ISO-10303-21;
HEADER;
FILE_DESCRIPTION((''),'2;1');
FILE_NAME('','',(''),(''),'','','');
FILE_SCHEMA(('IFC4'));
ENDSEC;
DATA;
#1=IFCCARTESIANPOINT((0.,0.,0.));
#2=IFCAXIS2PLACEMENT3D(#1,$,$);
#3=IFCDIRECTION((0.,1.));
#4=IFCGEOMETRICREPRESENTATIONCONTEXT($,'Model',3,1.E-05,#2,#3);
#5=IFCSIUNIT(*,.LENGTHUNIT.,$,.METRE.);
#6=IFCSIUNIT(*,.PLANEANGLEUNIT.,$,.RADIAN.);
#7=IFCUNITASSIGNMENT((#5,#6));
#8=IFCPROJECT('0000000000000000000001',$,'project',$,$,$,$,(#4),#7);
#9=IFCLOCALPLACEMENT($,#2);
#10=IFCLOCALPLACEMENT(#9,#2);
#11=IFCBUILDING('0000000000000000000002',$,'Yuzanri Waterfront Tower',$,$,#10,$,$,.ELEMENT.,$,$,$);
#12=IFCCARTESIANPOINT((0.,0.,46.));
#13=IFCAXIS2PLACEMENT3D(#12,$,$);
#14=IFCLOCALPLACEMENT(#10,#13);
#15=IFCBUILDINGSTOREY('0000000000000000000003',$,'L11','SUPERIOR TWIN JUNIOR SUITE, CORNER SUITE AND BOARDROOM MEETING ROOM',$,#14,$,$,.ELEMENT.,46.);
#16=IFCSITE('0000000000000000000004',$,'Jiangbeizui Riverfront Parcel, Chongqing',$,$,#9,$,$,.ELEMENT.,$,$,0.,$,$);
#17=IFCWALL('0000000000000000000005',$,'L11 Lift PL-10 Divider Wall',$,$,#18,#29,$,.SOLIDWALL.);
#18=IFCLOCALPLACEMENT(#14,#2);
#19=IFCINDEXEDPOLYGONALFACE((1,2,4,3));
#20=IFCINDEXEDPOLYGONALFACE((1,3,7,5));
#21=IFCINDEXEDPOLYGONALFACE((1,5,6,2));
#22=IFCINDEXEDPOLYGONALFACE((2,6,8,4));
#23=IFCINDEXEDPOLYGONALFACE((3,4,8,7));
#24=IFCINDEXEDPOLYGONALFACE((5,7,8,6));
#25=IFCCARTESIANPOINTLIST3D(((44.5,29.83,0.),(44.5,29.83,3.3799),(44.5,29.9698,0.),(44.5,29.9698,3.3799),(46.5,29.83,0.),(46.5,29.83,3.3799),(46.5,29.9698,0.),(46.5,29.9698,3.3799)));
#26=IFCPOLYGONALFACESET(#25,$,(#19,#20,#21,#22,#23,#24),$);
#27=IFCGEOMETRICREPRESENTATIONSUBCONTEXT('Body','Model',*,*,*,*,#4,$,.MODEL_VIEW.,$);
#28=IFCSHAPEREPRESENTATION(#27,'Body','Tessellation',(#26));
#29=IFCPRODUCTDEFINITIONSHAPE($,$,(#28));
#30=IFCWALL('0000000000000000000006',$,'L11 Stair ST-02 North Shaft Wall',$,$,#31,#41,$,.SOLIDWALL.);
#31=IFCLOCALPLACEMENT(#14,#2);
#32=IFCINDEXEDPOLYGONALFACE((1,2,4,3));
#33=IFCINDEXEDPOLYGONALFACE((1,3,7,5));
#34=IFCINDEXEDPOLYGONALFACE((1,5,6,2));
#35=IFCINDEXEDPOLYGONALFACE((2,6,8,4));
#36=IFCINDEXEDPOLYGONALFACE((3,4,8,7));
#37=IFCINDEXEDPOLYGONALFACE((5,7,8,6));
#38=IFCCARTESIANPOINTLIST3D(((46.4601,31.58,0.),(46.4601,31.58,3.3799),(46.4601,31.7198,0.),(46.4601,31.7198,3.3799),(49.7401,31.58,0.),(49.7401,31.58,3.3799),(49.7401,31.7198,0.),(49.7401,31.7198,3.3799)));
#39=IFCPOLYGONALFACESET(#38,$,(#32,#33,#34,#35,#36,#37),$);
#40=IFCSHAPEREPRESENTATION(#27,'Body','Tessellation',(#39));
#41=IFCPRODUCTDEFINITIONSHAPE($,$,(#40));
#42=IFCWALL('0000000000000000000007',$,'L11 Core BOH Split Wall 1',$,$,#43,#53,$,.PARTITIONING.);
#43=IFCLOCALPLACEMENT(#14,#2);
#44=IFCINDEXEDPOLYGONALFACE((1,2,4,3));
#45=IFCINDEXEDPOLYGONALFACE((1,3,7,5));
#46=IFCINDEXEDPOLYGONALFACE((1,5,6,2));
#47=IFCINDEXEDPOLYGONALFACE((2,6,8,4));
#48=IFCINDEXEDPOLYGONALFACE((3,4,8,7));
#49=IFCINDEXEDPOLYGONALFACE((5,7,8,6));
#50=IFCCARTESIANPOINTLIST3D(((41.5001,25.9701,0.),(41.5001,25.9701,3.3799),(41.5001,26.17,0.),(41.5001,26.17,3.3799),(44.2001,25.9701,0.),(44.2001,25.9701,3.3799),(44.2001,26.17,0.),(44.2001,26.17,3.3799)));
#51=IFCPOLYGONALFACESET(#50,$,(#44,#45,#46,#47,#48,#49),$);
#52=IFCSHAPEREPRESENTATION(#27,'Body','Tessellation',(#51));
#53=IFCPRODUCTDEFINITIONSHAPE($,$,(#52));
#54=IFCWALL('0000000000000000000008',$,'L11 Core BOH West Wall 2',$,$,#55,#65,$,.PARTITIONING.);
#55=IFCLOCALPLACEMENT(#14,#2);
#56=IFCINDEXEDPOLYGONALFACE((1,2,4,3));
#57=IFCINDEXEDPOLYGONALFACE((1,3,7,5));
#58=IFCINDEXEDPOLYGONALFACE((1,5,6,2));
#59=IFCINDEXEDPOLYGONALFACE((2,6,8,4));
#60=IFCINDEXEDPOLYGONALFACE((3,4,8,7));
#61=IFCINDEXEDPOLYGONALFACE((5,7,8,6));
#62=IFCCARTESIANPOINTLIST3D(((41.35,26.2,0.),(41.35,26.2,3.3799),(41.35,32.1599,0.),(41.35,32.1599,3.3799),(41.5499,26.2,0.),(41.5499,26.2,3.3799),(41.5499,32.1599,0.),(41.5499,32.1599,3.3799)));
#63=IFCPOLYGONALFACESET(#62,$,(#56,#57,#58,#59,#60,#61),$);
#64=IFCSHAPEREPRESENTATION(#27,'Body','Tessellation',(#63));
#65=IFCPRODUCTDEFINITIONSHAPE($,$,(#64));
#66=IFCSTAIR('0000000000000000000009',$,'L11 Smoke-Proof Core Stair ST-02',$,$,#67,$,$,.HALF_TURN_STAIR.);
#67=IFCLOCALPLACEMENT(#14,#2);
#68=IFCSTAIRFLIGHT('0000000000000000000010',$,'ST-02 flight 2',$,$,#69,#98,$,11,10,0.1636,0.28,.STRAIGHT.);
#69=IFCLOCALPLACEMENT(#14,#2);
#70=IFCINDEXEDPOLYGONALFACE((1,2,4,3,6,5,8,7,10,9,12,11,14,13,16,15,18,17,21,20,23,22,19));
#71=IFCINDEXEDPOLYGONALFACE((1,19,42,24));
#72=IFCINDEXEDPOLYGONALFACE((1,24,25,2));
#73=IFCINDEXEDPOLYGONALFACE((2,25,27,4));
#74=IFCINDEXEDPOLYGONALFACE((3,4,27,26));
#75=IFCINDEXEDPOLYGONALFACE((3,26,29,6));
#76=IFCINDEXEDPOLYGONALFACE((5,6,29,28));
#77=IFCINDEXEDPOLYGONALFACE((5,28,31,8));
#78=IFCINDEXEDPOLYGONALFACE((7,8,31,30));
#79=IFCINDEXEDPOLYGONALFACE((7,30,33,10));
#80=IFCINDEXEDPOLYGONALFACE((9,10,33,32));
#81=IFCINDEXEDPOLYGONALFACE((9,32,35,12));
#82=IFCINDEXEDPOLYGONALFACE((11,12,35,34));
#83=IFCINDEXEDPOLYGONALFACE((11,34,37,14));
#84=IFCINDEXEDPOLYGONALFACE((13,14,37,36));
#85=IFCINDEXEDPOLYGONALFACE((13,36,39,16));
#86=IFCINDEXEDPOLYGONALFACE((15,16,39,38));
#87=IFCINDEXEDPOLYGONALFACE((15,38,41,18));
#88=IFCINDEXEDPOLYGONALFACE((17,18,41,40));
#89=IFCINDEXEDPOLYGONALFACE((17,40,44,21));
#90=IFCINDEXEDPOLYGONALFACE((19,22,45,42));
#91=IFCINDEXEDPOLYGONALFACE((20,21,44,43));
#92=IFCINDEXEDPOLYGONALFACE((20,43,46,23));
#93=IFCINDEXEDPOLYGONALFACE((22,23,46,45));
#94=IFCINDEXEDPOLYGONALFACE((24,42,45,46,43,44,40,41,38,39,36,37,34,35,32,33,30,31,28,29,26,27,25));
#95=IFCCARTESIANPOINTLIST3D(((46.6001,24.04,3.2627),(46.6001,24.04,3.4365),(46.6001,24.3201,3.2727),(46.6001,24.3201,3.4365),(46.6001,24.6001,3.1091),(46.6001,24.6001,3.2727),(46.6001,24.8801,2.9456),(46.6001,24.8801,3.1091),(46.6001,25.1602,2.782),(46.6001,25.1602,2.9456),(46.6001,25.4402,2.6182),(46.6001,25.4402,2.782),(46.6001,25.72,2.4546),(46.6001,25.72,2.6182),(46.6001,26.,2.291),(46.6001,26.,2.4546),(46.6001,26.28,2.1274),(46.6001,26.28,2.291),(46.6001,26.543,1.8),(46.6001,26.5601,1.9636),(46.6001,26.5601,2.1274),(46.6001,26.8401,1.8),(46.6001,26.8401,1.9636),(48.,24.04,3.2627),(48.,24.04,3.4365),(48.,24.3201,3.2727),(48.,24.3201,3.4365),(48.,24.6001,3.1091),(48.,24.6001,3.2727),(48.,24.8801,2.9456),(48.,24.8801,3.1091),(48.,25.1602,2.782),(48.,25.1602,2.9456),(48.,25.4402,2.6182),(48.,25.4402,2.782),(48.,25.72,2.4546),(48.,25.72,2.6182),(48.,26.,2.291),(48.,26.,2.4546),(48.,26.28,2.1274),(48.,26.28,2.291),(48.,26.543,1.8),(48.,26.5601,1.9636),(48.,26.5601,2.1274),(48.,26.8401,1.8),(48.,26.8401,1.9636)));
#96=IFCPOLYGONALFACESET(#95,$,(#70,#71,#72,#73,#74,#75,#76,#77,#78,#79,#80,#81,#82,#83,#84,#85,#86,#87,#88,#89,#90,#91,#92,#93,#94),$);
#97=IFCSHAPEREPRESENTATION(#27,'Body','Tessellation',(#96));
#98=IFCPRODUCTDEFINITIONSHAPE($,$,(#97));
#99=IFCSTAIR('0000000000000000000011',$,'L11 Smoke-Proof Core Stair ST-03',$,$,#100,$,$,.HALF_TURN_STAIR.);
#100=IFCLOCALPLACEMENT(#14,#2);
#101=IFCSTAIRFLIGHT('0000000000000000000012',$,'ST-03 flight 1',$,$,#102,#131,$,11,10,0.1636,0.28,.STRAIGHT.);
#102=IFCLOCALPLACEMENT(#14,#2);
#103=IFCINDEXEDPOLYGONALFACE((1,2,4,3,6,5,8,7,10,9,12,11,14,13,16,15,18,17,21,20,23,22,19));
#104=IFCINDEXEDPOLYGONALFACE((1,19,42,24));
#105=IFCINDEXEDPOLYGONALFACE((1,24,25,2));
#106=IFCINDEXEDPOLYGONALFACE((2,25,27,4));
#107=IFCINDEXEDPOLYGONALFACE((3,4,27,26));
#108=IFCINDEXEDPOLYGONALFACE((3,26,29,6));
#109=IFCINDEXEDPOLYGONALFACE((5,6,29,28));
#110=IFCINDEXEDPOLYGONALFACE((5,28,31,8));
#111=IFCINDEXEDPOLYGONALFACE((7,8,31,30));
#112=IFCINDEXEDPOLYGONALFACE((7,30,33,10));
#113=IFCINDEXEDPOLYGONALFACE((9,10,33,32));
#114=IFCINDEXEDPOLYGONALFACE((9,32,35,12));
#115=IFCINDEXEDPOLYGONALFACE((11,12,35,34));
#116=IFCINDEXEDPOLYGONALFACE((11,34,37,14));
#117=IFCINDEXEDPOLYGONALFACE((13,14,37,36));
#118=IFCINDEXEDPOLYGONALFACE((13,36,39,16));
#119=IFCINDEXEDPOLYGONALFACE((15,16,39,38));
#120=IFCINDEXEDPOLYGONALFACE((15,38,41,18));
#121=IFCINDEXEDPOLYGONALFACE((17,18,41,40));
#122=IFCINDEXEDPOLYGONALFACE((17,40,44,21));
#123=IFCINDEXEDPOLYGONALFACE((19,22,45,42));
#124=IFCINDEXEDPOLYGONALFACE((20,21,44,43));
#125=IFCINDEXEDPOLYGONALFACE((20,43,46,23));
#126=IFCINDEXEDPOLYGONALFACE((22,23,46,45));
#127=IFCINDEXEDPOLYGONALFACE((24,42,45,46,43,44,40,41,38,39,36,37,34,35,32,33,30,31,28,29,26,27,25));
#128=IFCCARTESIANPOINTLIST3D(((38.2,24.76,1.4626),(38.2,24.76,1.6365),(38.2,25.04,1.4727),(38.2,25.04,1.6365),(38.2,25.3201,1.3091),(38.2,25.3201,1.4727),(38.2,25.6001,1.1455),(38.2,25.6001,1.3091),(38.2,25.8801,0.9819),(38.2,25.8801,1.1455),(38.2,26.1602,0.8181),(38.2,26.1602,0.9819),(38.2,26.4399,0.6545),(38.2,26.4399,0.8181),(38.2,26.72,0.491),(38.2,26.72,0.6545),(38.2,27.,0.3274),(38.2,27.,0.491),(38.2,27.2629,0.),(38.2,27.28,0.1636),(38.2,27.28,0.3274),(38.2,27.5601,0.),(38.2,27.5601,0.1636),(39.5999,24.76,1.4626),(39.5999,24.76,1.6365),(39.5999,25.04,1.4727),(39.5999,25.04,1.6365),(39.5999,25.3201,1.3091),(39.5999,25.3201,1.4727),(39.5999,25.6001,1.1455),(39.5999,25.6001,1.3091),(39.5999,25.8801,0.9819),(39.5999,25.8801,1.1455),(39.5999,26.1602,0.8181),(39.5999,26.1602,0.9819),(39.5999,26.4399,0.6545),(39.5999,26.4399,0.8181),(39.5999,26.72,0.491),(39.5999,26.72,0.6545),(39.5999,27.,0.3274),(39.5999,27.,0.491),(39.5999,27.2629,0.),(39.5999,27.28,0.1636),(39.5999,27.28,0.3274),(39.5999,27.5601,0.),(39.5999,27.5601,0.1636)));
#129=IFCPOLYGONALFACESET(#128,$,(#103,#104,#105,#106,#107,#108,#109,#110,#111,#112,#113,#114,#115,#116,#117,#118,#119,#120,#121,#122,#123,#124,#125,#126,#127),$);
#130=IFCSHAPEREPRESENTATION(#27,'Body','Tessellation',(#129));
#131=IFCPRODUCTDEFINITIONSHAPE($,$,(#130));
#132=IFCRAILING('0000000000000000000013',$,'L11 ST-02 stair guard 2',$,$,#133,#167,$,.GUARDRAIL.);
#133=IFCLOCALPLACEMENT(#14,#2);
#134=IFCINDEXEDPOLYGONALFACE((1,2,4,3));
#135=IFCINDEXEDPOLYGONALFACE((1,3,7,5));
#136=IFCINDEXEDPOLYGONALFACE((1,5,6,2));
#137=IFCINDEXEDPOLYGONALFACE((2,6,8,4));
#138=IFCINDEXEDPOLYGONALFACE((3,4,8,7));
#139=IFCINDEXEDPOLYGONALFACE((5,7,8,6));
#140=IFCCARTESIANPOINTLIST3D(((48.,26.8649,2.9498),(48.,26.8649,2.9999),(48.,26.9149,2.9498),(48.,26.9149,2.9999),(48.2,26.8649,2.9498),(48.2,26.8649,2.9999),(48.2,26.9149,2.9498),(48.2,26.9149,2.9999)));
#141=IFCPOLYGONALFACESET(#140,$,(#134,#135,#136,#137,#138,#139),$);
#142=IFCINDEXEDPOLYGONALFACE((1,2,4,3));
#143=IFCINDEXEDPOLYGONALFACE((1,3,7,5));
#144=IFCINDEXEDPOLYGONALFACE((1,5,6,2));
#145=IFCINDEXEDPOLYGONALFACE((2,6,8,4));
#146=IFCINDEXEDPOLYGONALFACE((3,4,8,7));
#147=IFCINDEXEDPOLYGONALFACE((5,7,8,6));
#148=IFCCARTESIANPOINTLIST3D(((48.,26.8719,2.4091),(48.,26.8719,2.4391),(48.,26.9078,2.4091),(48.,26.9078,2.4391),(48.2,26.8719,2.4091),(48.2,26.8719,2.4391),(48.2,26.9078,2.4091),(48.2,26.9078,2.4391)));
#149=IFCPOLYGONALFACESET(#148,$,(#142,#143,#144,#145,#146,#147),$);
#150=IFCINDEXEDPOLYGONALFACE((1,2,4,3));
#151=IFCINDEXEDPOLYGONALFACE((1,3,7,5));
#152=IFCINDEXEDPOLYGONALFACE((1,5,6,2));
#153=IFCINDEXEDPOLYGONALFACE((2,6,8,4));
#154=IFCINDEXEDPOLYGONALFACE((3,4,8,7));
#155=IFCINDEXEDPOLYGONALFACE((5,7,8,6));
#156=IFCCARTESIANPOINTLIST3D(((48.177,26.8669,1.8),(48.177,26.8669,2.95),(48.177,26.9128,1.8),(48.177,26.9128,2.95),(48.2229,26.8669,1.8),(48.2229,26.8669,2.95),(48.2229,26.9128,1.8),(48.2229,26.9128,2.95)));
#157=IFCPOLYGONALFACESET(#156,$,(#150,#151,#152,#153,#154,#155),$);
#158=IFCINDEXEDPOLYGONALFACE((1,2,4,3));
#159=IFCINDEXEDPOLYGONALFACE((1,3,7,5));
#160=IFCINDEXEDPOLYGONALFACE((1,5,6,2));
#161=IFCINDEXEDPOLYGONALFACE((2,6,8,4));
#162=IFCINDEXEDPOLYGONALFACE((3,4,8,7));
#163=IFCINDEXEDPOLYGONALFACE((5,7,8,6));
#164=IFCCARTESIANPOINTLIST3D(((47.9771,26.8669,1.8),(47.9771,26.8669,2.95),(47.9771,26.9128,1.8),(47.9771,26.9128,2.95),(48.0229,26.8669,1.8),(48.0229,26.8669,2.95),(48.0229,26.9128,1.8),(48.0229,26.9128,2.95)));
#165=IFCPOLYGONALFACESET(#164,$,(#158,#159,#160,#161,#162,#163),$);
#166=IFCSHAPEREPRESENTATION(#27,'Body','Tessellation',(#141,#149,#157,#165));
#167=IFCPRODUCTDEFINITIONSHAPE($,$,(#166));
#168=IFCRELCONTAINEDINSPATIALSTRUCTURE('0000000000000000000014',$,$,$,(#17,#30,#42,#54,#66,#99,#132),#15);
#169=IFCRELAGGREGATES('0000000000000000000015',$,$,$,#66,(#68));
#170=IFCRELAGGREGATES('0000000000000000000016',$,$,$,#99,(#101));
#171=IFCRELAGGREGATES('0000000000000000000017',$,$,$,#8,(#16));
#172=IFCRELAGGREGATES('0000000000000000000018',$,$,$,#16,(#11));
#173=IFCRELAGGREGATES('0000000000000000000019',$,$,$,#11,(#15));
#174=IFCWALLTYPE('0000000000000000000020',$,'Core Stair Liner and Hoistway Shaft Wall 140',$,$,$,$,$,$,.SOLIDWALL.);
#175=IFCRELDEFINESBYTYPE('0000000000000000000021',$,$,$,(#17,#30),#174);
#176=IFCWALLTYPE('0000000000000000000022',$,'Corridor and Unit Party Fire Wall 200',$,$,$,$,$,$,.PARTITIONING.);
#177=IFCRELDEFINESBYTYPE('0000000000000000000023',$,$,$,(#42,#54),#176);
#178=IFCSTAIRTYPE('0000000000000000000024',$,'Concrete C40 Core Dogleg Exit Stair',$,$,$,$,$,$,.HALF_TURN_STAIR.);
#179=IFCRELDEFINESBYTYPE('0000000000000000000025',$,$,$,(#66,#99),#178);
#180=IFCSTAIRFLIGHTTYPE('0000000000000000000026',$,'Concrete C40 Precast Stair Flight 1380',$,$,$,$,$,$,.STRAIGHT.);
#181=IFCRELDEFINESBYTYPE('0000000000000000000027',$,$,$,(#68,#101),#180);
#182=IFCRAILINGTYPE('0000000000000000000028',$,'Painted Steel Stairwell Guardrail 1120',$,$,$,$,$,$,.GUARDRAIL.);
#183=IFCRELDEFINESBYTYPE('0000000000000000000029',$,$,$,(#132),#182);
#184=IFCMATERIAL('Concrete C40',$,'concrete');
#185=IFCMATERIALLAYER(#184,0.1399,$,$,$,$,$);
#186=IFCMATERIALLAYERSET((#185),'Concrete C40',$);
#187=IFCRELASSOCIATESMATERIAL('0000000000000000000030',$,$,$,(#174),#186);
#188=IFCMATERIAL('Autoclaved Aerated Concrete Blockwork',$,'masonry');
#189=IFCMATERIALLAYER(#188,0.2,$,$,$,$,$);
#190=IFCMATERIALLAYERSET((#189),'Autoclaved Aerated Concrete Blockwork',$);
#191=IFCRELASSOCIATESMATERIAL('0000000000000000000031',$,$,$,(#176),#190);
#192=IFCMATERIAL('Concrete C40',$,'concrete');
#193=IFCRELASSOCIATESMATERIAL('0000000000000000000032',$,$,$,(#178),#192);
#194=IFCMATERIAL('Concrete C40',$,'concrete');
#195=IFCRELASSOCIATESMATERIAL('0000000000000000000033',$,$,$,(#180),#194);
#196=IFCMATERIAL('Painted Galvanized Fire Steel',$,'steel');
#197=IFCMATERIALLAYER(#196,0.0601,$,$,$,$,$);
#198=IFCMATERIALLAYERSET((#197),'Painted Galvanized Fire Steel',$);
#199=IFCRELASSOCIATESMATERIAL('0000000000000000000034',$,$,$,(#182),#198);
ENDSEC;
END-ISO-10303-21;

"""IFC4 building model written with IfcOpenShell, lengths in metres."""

from ifc_helpers import new_model, si_unit, direction, frame, frame_2d, origin, origin_2d, place, context, subcontext, project, spatial, polyline, rectangle, outline, extrude, source, transform, mapped, material, layer, layer_set, type_object, element, aggregate, save


model = new_model("IFC4")

# Units and contexts
model_context = context("Model", 3, precision=1e-05, world=origin(), true_north=direction((0.0, 1.0)))
body_context = subcontext(model_context, "Body", "Model", "MODEL_VIEW")
ifc_project = project(units=[si_unit("LENGTHUNIT", "METRE"), si_unit("PLANEANGLEUNIT", "RADIAN")], contexts=[model_context])

# Site, building, storey
site_placement = place(None, origin())
site = spatial("IfcSite", under=ifc_project, at=site_placement, Name="Jiangbeizui Riverfront Parcel, Chongqing", CompositionType="ELEMENT", RefElevation=0.0)
building_placement = place(site_placement, origin())
building = spatial("IfcBuilding", under=site, at=building_placement, Name="Yuzanri Waterfront Tower", CompositionType="ELEMENT")
storey_placement = place(building_placement, frame((0.0, 0.0, 46.0)))
storey = spatial("IfcBuildingStorey", under=building, at=storey_placement, Name="L11", Description="SUPERIOR TWIN JUNIOR SUITE, CORNER SUITE AND BOARDROOM MEETING ROOM", CompositionType="ELEMENT", Elevation=46.0)

# Shared definitions
ifc_material_1 = material(Name="Concrete C40", Category="concrete")
ifc_layer_1 = layer(ifc_material_1, 0.1399)
ifc_layer_set_1 = layer_set([ifc_layer_1], Name="Concrete C40")
wall_type_1 = type_object("IfcWallType", Name="Core Stair Liner and Hoistway Shaft Wall 140", PredefinedType="SOLIDWALL", material=ifc_layer_set_1)

# Walls
shared_shape_1 = source(origin(), body_context, "Body", "SweptSolid", [
    extrude(rectangle(XDim=2.0, YDim=0.1399, at=frame_2d((1.0, 0.0))), origin(), (0.0, 0.0, 1.0), 3.3799),
])
for number, where, z_axis, x_axis, name in (
    (1, (44.5, 29.8999, 0.0), (0.0, 0.0, 1.0), (1.0, 0.0, 0.0), "L11 Lift PL-10 Divider Wall"),
):
    element("IfcWall", number, at=place(storey_placement, frame(where, z_axis=z_axis, x_axis=x_axis)), inside=storey, type_object=wall_type_1, Name=name, PredefinedType="SOLIDWALL", context=body_context, shape_type="MappedRepresentation", body=[
        mapped(shared_shape_1, transform((0.0, 0.0, 0.0), scale=1.0)),
    ])
shared_shape_2 = source(origin(), body_context, "Body", "SweptSolid", [
    extrude(rectangle(XDim=3.28, YDim=0.1399, at=frame_2d((1.6401, 0.0))), origin(), (0.0, 0.0, 1.0), 3.3799),
])
wall_1_placement = place(storey_placement, frame((46.46, 31.6499, 0.0), z_axis=(0.0, 0.0, 1.0), x_axis=(1.0, 0.0, 0.0)))
element("IfcWall", 2, at=wall_1_placement, inside=storey, type_object=wall_type_1, Name="L11 Stair ST-02 North Shaft Wall", PredefinedType="SOLIDWALL", context=body_context, shape_type="MappedRepresentation", body=[
    mapped(shared_shape_2, transform((0.0, 0.0, 0.0), scale=1.0)),
])
ifc_material_2 = material(Name="Autoclaved Aerated Concrete Blockwork", Category="masonry")
ifc_layer_2 = layer(ifc_material_2, 0.2)
ifc_layer_set_2 = layer_set([ifc_layer_2], Name="Autoclaved Aerated Concrete Blockwork")
wall_type_2 = type_object("IfcWallType", Name="Corridor and Unit Party Fire Wall 200", PredefinedType="PARTITIONING", material=ifc_layer_set_2)
shared_shape_3 = source(origin(), body_context, "Body", "SweptSolid", [
    extrude(rectangle(XDim=2.7, YDim=0.2, at=frame_2d((1.3501, 0.0))), origin(), (0.0, 0.0, 1.0), 3.3799),
])
wall_2_placement = place(storey_placement, frame((41.5, 26.0701, 0.0), z_axis=(0.0, 0.0, 1.0), x_axis=(1.0, 0.0, 0.0)))
element("IfcWall", 3, at=wall_2_placement, inside=storey, type_object=wall_type_2, Name="L11 Core BOH Split Wall 1", PredefinedType="PARTITIONING", context=body_context, shape_type="MappedRepresentation", body=[
    mapped(shared_shape_3, transform((0.0, 0.0, 0.0), scale=1.0)),
])
shared_shape_4 = source(origin(), body_context, "Body", "SweptSolid", [
    extrude(rectangle(XDim=5.96, YDim=0.2, at=frame_2d((2.98, 0.0))), origin(), (0.0, 0.0, 1.0), 3.3799),
])
wall_3_placement = place(storey_placement, frame((41.45, 26.2, 0.0), z_axis=(0.0, 0.0, 1.0), x_axis=(0.0, 1.0, 0.0)))
element("IfcWall", 4, at=wall_3_placement, inside=storey, type_object=wall_type_2, Name="L11 Core BOH West Wall 2", PredefinedType="PARTITIONING", context=body_context, shape_type="MappedRepresentation", body=[
    mapped(shared_shape_4, transform((0.0, 0.0, 0.0), scale=1.0)),
])

# Stairs, stair flights
ifc_material_3 = material(Name="Concrete C40", Category="concrete")
stair_type = type_object("IfcStairType", Name="Concrete C40 Core Dogleg Exit Stair", PredefinedType="HALF_TURN_STAIR", material=ifc_material_3)
stair_1_placement = place(storey_placement, origin())
stair_1 = element("IfcStair", 5, at=stair_1_placement, inside=storey, type_object=stair_type, Name="L11 Smoke-Proof Core Stair ST-02", PredefinedType="HALF_TURN_STAIR")
ifc_material_4 = material(Name="Concrete C40", Category="concrete")
stair_flight_type = type_object("IfcStairFlightType", Name="Concrete C40 Precast Stair Flight 1380", PredefinedType="STRAIGHT", material=ifc_material_4)
shared_shape_5 = source(origin(), body_context, "Body", "SweptSolid", [
    extrude(outline(polyline([(0.0, 0.0), (0.0, 0.1636), (0.28, 0.1636), (0.28, 0.3274), (0.5601, 0.3274), (0.5601, 0.491), (0.8401, 0.491), (0.8401, 0.6545), (1.1201, 0.6545), (1.1201, 0.8181), (1.3999, 0.8181), (1.3999, 0.9819), (1.6799, 0.9819), (1.6799, 1.1455), (1.96, 1.1455), (1.96, 1.3091), (2.24, 1.3091), (2.24, 1.4727), (2.52, 1.4727), (2.52, 1.6365), (2.8, 1.6365), (2.8, 1.8), (2.8, 1.4626), (0.2971, 0.0), (0.0, 0.0)])), frame((0.0, 0.7, 0.0), z_axis=(0.0, -1.0, 0.0), x_axis=(1.0, 0.0, 0.0)), (0.0, 0.0, 1.0), 1.3999),
])
stair_flight_1_placement = place(storey_placement, frame((47.3, 26.8401, 1.8), z_axis=(0.0, 0.0, 1.0), x_axis=(0.0, -1.0, 0.0)))
stair_flight_1 = element("IfcStairFlight", 6, at=stair_flight_1_placement, type_object=stair_flight_type, Name="ST-02 flight 2", NumberOfRisers=11, NumberOfTreads=10, PredefinedType="STRAIGHT", RiserHeight=0.1636, TreadLength=0.28, context=body_context, shape_type="MappedRepresentation", body=[
    mapped(shared_shape_5, transform((0.0, 0.0, 0.0), scale=1.0)),
])
aggregate(stair_1, [stair_flight_1])
stair_2_placement = place(storey_placement, origin())
stair_2 = element("IfcStair", 7, at=stair_2_placement, inside=storey, type_object=stair_type, Name="L11 Smoke-Proof Core Stair ST-03", PredefinedType="HALF_TURN_STAIR")
stair_flight_2_placement = place(storey_placement, frame((38.8999, 27.5601, 0.0), z_axis=(0.0, 0.0, 1.0), x_axis=(0.0, -1.0, 0.0)))
stair_flight_2 = element("IfcStairFlight", 8, at=stair_flight_2_placement, type_object=stair_flight_type, Name="ST-03 flight 1", NumberOfRisers=11, NumberOfTreads=10, PredefinedType="STRAIGHT", RiserHeight=0.1636, TreadLength=0.28, context=body_context, shape_type="MappedRepresentation", body=[
    mapped(shared_shape_5, transform((0.0, 0.0, 0.0), scale=1.0)),
])
aggregate(stair_2, [stair_flight_2])

# Railing
ifc_material_5 = material(Name="Painted Galvanized Fire Steel", Category="steel")
ifc_layer_3 = layer(ifc_material_5, 0.0601)
ifc_layer_set_3 = layer_set([ifc_layer_3], Name="Painted Galvanized Fire Steel")
railing_type_1 = type_object("IfcRailingType", Name="Painted Steel Stairwell Guardrail 1120", PredefinedType="GUARDRAIL", material=ifc_layer_set_3)
shared_shape_6 = source(origin(), body_context, "Body", "SweptSolid", [
    extrude(rectangle(XDim=0.05, YDim=0.05, at=origin_2d()), frame((0.0, 0.0, 1.1748), z_axis=(-1.0, 0.0, 0.0), x_axis=(0.0, -1.0, 0.0)), (0.0, 0.0, 1.0), 0.2),
    extrude(rectangle(XDim=0.0359, YDim=0.03, at=origin_2d()), frame((0.0, 0.0, 0.624), z_axis=(-1.0, 0.0, 0.0), x_axis=(0.0, -1.0, 0.0)), (0.0, 0.0, 1.0), 0.2),
    extrude(rectangle(XDim=0.0459, YDim=0.0459, at=origin_2d()), origin(), (0.0, 0.0, 1.0), 1.1499),
    extrude(rectangle(XDim=0.0459, YDim=0.0459, at=origin_2d()), frame((-0.2, 0.0, 0.0)), (0.0, 0.0, 1.0), 1.1499),
])
railing_1_placement = place(storey_placement, frame((48.2, 26.8899, 1.8)))
element("IfcRailing", 9, at=railing_1_placement, inside=storey, type_object=railing_type_1, Name="L11 ST-02 stair guard 2", PredefinedType="GUARDRAIL", context=body_context, shape_type="MappedRepresentation", body=[
    mapped(shared_shape_6, transform((0.0, 0.0, 0.0), scale=1.0)),
])

save(model, "model.ifc")
